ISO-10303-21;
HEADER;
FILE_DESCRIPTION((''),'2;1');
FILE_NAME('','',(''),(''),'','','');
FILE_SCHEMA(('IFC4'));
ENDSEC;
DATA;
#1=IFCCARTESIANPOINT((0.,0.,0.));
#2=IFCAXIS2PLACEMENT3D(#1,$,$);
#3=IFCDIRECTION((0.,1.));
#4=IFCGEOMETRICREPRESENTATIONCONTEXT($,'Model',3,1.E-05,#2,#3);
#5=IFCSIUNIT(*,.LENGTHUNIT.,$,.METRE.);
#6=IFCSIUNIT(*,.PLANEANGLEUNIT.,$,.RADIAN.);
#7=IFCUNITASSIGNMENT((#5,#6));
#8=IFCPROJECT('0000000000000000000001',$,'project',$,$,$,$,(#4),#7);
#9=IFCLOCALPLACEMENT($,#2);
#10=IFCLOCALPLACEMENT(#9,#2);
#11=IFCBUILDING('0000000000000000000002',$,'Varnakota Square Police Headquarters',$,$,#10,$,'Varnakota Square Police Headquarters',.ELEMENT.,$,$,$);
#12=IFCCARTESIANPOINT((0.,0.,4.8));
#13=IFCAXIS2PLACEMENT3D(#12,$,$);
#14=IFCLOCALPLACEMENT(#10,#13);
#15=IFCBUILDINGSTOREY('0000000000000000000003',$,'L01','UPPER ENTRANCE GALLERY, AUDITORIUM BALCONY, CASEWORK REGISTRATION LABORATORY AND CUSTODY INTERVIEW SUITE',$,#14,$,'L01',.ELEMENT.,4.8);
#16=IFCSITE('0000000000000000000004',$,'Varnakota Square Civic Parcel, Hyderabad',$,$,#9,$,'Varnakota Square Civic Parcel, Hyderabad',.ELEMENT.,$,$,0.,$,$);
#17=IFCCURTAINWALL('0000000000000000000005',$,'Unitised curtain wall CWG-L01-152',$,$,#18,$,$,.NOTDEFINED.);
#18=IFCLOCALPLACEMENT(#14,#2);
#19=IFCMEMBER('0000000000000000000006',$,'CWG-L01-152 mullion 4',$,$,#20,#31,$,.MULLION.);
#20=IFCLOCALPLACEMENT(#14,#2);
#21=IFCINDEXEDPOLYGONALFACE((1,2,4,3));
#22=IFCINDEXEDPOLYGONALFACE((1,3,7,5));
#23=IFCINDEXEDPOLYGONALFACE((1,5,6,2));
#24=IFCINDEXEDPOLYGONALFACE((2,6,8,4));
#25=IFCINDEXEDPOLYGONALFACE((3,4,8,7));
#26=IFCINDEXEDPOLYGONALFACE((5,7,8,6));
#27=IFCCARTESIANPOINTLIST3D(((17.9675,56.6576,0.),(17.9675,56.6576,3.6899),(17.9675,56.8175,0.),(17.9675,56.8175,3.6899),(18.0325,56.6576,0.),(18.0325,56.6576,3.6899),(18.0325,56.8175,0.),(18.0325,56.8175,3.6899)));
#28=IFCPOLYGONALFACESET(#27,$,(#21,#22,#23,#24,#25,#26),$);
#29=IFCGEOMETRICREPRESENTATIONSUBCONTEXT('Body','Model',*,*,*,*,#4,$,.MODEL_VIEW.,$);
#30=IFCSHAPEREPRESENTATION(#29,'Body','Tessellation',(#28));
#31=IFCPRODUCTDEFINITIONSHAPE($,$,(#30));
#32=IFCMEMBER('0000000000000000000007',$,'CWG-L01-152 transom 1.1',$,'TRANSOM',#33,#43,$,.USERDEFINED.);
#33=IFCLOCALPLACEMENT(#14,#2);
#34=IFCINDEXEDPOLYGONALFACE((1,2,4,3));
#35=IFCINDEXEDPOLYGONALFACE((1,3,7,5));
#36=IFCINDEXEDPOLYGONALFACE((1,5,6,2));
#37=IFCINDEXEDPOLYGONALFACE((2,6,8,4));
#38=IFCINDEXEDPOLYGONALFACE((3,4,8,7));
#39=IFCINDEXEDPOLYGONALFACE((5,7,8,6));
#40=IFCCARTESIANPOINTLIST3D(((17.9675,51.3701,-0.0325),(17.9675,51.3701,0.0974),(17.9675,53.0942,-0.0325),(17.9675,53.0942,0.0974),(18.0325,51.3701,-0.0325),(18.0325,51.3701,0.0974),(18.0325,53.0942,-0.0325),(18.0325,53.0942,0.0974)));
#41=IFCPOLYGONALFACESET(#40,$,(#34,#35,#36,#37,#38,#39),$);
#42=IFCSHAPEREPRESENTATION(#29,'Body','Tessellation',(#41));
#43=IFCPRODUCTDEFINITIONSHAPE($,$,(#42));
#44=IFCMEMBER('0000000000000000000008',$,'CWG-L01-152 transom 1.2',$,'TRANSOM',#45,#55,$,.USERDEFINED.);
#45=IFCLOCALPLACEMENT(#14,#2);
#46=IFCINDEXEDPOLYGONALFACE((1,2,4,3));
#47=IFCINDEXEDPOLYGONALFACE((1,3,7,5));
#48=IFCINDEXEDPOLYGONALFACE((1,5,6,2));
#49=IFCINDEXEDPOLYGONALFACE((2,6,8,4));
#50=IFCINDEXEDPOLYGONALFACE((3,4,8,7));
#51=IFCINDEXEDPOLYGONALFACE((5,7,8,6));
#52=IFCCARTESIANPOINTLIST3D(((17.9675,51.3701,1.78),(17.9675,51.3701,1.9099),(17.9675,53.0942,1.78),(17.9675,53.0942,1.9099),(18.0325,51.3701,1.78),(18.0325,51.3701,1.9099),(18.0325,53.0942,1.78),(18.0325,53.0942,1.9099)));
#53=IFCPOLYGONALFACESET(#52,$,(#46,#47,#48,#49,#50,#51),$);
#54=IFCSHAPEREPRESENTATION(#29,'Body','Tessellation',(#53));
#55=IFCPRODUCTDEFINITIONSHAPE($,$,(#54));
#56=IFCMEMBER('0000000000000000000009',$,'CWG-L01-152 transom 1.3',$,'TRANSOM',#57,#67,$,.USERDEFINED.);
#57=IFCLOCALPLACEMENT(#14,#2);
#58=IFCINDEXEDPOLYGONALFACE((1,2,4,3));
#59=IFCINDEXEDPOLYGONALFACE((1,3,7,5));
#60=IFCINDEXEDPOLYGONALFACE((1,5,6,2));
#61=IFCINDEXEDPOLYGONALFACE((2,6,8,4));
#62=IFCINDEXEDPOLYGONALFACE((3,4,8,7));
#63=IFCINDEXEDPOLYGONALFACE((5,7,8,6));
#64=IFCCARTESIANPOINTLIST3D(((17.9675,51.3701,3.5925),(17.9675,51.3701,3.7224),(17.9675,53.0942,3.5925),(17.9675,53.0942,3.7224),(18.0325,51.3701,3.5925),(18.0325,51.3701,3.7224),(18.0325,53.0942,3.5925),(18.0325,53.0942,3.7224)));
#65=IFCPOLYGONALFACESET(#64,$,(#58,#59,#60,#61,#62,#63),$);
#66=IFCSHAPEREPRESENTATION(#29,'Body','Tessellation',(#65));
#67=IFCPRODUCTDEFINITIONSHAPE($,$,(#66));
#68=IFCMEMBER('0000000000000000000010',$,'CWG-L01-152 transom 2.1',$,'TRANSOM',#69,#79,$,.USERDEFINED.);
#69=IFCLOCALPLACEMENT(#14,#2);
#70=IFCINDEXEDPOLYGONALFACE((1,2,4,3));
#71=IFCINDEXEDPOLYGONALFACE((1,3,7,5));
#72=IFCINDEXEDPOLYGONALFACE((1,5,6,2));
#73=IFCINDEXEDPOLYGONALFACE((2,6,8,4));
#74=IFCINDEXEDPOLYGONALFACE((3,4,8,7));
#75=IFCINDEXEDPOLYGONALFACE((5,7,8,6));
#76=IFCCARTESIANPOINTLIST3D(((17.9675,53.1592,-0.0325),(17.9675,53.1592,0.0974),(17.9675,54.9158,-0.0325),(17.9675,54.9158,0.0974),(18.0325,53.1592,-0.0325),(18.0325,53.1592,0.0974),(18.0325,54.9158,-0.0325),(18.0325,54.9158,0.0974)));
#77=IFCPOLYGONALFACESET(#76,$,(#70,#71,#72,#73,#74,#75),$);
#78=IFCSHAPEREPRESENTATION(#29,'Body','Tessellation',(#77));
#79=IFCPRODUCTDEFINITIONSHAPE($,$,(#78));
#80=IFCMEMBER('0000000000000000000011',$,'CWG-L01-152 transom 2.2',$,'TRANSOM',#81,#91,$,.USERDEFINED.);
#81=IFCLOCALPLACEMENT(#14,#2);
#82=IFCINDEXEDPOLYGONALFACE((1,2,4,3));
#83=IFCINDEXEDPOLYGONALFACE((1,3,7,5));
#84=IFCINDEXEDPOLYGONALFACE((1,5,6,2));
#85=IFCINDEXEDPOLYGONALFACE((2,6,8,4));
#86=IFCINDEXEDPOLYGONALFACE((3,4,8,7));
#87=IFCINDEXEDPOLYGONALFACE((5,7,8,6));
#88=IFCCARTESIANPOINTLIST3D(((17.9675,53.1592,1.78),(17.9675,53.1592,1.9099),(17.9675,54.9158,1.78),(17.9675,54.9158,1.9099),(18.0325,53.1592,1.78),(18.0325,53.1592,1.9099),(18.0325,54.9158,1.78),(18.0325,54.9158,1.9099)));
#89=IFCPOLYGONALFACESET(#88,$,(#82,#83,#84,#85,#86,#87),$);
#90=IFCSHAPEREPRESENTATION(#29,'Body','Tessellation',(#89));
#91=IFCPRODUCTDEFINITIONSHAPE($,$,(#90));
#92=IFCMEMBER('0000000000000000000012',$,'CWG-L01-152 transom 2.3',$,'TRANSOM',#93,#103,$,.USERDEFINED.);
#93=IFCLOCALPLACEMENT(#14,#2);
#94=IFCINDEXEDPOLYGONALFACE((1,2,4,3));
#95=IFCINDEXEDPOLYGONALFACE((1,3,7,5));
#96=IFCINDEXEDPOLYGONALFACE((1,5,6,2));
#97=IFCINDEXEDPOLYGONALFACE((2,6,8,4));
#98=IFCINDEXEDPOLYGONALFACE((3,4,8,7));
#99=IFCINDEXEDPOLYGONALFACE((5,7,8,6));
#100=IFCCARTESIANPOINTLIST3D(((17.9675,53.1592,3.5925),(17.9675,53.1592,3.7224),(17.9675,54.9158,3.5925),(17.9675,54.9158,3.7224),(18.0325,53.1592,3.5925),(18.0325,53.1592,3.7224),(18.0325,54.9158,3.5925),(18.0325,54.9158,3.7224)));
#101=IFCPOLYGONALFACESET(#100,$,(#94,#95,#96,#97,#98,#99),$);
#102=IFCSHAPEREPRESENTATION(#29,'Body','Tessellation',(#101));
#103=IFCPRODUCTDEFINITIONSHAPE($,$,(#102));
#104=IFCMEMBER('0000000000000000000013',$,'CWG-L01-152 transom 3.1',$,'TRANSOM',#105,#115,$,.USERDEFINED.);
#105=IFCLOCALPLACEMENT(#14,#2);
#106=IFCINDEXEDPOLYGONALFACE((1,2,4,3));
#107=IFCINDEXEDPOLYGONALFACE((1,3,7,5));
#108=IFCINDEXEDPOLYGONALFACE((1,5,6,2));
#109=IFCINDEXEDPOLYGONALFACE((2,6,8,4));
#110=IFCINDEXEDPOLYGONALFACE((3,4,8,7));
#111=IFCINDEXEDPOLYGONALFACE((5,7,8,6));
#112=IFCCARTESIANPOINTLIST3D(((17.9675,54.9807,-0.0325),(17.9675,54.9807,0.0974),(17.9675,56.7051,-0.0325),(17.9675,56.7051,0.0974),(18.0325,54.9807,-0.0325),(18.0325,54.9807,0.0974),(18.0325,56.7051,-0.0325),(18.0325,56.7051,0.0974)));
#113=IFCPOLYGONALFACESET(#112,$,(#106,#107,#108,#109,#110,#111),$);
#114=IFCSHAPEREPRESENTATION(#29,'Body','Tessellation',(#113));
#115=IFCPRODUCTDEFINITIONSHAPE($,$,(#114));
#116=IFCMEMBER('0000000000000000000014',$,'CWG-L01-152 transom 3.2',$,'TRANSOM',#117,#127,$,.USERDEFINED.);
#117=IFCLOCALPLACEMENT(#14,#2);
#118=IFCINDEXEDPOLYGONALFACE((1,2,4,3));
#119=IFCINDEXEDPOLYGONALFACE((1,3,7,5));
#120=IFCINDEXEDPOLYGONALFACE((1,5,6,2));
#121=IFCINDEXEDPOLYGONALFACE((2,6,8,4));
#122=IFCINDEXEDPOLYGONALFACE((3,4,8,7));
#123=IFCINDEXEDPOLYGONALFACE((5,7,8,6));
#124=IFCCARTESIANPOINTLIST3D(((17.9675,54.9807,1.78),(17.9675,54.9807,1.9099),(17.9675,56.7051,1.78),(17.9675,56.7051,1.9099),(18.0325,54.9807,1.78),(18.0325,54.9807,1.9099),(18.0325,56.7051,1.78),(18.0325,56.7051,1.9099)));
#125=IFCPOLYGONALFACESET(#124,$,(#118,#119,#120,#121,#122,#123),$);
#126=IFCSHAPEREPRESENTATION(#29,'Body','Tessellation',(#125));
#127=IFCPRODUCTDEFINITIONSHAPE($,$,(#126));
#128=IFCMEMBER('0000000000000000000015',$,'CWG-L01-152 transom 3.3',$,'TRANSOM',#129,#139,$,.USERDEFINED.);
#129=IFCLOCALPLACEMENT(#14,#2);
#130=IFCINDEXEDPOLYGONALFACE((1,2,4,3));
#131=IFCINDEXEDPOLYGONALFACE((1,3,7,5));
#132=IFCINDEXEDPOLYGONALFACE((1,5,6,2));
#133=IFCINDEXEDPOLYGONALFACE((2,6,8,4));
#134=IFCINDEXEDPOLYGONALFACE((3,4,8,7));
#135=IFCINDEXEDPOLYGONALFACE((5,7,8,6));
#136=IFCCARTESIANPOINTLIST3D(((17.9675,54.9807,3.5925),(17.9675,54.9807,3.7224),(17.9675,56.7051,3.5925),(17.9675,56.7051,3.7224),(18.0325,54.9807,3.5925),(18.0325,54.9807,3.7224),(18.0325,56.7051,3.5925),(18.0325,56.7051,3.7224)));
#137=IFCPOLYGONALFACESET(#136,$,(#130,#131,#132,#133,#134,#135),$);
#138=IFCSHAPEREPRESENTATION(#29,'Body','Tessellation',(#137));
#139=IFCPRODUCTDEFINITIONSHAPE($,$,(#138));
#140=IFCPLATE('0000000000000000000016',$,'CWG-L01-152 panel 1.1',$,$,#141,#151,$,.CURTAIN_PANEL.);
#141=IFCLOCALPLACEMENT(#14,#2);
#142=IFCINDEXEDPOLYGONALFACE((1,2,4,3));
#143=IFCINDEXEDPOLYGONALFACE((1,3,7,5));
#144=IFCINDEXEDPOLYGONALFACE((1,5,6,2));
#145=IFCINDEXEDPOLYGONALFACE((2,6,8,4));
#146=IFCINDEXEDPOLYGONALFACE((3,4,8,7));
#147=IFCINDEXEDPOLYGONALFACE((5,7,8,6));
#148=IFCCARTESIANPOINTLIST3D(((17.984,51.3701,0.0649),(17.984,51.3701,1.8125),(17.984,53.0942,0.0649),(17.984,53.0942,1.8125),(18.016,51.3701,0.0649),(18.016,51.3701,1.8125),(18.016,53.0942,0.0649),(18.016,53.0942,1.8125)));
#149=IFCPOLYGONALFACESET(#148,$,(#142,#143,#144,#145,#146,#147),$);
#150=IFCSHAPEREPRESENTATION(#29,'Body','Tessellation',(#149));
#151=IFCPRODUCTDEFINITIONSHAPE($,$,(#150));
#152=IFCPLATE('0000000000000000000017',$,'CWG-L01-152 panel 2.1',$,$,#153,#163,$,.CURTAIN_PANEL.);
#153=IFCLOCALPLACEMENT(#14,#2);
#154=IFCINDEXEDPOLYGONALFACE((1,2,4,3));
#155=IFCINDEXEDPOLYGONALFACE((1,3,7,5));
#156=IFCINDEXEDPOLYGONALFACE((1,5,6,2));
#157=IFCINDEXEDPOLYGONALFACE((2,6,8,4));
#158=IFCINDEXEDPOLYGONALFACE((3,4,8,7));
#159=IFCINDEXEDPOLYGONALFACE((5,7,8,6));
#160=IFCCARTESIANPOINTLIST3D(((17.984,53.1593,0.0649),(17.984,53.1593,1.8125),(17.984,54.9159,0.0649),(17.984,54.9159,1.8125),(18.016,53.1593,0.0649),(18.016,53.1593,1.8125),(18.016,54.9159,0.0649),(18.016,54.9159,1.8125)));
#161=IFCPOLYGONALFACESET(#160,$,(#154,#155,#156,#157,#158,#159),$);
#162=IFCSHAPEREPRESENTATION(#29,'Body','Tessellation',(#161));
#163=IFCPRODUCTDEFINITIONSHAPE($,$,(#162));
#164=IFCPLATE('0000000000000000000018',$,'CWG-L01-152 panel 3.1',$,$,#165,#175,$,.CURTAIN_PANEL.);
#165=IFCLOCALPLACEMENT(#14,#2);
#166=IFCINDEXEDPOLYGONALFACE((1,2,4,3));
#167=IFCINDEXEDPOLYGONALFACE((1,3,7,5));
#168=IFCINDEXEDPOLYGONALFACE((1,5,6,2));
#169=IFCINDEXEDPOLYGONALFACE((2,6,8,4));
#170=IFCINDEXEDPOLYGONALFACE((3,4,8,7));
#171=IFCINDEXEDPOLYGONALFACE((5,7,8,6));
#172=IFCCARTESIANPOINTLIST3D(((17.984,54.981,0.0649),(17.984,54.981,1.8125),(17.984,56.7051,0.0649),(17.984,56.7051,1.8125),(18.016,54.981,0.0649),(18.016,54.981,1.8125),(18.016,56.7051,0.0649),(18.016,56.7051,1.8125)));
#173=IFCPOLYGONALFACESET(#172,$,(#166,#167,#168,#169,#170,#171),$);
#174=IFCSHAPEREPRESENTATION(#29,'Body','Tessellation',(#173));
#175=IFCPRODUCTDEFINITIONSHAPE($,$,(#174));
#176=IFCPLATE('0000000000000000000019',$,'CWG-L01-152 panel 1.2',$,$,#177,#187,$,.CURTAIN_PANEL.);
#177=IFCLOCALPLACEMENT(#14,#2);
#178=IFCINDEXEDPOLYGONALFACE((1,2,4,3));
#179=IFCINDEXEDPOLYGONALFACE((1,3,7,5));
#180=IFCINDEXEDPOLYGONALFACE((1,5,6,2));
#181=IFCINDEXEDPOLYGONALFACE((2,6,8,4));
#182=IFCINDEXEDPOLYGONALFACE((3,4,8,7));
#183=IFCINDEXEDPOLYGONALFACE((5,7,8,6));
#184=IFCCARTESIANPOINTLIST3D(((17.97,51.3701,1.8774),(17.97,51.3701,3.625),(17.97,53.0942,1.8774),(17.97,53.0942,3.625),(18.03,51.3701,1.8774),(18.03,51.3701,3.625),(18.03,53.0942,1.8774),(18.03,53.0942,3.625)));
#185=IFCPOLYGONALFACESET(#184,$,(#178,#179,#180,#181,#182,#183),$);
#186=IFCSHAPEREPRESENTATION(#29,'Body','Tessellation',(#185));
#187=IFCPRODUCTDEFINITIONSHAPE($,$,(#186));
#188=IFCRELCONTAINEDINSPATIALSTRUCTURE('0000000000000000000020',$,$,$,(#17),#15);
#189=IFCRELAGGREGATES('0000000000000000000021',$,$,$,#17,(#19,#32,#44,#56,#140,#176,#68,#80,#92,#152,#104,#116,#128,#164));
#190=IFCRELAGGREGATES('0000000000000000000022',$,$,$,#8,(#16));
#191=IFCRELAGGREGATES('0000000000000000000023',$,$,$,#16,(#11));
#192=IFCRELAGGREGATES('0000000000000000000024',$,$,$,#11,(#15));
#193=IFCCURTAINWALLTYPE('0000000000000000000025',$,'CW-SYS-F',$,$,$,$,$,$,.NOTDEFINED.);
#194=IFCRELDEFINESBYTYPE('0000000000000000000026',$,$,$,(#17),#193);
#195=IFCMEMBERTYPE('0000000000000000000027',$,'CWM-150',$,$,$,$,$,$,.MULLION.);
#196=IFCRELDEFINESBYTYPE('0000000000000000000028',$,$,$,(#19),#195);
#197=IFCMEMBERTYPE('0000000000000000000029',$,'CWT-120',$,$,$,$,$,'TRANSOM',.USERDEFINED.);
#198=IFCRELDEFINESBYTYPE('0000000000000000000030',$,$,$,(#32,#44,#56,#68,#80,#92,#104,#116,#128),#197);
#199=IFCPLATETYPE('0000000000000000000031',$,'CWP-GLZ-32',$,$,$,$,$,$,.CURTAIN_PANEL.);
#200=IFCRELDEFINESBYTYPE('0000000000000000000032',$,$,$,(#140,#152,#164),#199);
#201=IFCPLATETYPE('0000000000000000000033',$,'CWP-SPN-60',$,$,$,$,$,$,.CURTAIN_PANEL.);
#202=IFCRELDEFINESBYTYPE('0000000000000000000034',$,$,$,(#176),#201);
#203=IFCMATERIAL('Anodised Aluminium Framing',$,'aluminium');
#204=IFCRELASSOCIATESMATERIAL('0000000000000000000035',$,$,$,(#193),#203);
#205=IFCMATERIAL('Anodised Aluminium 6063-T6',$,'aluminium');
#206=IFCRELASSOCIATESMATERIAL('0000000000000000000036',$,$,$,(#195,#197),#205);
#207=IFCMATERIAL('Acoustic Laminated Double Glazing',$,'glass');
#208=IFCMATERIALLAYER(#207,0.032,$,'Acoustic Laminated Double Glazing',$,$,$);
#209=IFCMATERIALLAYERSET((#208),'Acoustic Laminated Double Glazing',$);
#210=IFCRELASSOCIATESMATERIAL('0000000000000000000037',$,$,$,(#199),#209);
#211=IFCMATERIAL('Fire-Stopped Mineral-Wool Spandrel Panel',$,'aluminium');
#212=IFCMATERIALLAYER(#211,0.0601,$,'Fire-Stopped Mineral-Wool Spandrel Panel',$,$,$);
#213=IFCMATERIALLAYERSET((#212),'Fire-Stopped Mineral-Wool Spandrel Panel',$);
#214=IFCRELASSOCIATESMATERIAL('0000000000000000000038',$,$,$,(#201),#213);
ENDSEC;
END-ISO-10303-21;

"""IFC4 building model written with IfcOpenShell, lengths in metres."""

from ifc_helpers import new_model, si_unit, direction, frame, origin, origin_2d, place, context, subcontext, project, spatial, rectangle, extrude, material, layer, layer_set, material_profile, profile_set, type_object, element, aggregate, save


model = new_model("IFC4")

# Units and contexts
model_context = context("Model", 3, precision=1e-05, world=origin(), true_north=direction((0.0, 1.0)))
body_context = subcontext(model_context, "Body", "Model", "MODEL_VIEW")
ifc_project = project(units=[si_unit("LENGTHUNIT", "METRE"), si_unit("PLANEANGLEUNIT", "RADIAN")], contexts=[model_context])

# Site, building, storey
site_placement = place(None, origin())
site = spatial("IfcSite", under=ifc_project, at=site_placement, Name="Varnakota Square Civic Parcel, Hyderabad", LongName="Varnakota Square Civic Parcel, Hyderabad", CompositionType="ELEMENT", RefElevation=0.0)
building_placement = place(site_placement, origin())
building = spatial("IfcBuilding", under=site, at=building_placement, Name="Varnakota Square Police Headquarters", LongName="Varnakota Square Police Headquarters", CompositionType="ELEMENT")
storey_placement = place(building_placement, frame((0.0, 0.0, 4.8)))
storey = spatial("IfcBuildingStorey", under=building, at=storey_placement, Name="L01", Description="UPPER ENTRANCE GALLERY, AUDITORIUM BALCONY, CASEWORK REGISTRATION LABORATORY AND CUSTODY INTERVIEW SUITE", LongName="L01", CompositionType="ELEMENT", Elevation=4.8)

# Curtain wall, members, plates
ifc_material_1 = material(Name="Anodised Aluminium Framing", Category="aluminium")
curtain_wall_type = type_object("IfcCurtainWallType", Name="CW-SYS-F", PredefinedType="NOTDEFINED", material=ifc_material_1)
curtain_wall_placement = place(storey_placement, origin())
curtain_wall = element("IfcCurtainWall", 1, at=curtain_wall_placement, inside=storey, type_object=curtain_wall_type, Name="Unitised curtain wall CWG-L01-152", PredefinedType="NOTDEFINED")
ifc_material_2 = material(Name="Anodised Aluminium 6063-T6", Category="aluminium")
ifc_material_profile_1 = material_profile(ifc_material_2, rectangle(XDim=0.0649, YDim=0.1599, at=origin_2d()), Name="ALU MULLION 65x160")
ifc_profile_set_1 = profile_set([ifc_material_profile_1], Name="Anodised Aluminium 6063-T6")
member_type_1 = type_object("IfcMemberType", Name="CWM-150", PredefinedType="MULLION", material=ifc_profile_set_1)
member_1_placement = place(storey_placement, frame((18.0, 56.7375, 0.0), z_axis=(0.0, 0.0, 1.0), x_axis=(-1.0, 0.0, 0.0)))
member_1 = element("IfcMember", 2, at=member_1_placement, type_object=member_type_1, Name="CWG-L01-152 mullion 4", PredefinedType="MULLION", context=body_context, shape_type="SweptSolid", body=[
    extrude(rectangle(XDim=0.0649, YDim=0.1599, at=origin_2d()), origin(), (0.0, 0.0, 1.0), 3.6899),
])
ifc_material_profile_2 = material_profile(ifc_material_2, rectangle(XDim=0.0649, YDim=0.1299, at=origin_2d()), Name="ALU TRANSOM 65x130")
ifc_profile_set_2 = profile_set([ifc_material_profile_2], Name="Anodised Aluminium 6063-T6")
member_type_2 = type_object("IfcMemberType", Name="CWT-120", ElementType="TRANSOM", PredefinedType="USERDEFINED", material=ifc_profile_set_2)
member_2_placement = place(storey_placement, frame((18.0, 51.3701, 0.0325), z_axis=(0.0, 1.0, 0.0), x_axis=(-1.0, 0.0, 0.0)))
member_2 = element("IfcMember", 3, at=member_2_placement, type_object=member_type_2, Name="CWG-L01-152 transom 1.1", ObjectType="TRANSOM", PredefinedType="USERDEFINED", context=body_context, shape_type="SweptSolid", body=[
    extrude(rectangle(XDim=0.0649, YDim=0.1299, at=origin_2d()), origin(), (0.0, 0.0, 1.0), 1.7241),
])
member_3_placement = place(storey_placement, frame((18.0, 51.3701, 1.845), z_axis=(0.0, 1.0, 0.0), x_axis=(-1.0, 0.0, 0.0)))
member_3 = element("IfcMember", 4, at=member_3_placement, type_object=member_type_2, Name="CWG-L01-152 transom 1.2", ObjectType="TRANSOM", PredefinedType="USERDEFINED", context=body_context, shape_type="SweptSolid", body=[
    extrude(rectangle(XDim=0.0649, YDim=0.1299, at=origin_2d()), origin(), (0.0, 0.0, 1.0), 1.7241),
])
member_4_placement = place(storey_placement, frame((18.0, 51.3701, 3.6575), z_axis=(0.0, 1.0, 0.0), x_axis=(-1.0, 0.0, 0.0)))
member_4 = element("IfcMember", 5, at=member_4_placement, type_object=member_type_2, Name="CWG-L01-152 transom 1.3", ObjectType="TRANSOM", PredefinedType="USERDEFINED", context=body_context, shape_type="SweptSolid", body=[
    extrude(rectangle(XDim=0.0649, YDim=0.1299, at=origin_2d()), origin(), (0.0, 0.0, 1.0), 1.7241),
])
member_5_placement = place(storey_placement, frame((18.0, 53.1592, 0.0325), z_axis=(0.0, 1.0, 0.0), x_axis=(-1.0, 0.0, 0.0)))
member_5 = element("IfcMember", 6, at=member_5_placement, type_object=member_type_2, Name="CWG-L01-152 transom 2.1", ObjectType="TRANSOM", PredefinedType="USERDEFINED", context=body_context, shape_type="SweptSolid", body=[
    extrude(rectangle(XDim=0.0649, YDim=0.1299, at=origin_2d()), origin(), (0.0, 0.0, 1.0), 1.7566),
])
member_6_placement = place(storey_placement, frame((18.0, 53.1592, 1.845), z_axis=(0.0, 1.0, 0.0), x_axis=(-1.0, 0.0, 0.0)))
member_6 = element("IfcMember", 7, at=member_6_placement, type_object=member_type_2, Name="CWG-L01-152 transom 2.2", ObjectType="TRANSOM", PredefinedType="USERDEFINED", context=body_context, shape_type="SweptSolid", body=[
    extrude(rectangle(XDim=0.0649, YDim=0.1299, at=origin_2d()), origin(), (0.0, 0.0, 1.0), 1.7566),
])
member_7_placement = place(storey_placement, frame((18.0, 53.1592, 3.6575), z_axis=(0.0, 1.0, 0.0), x_axis=(-1.0, 0.0, 0.0)))
member_7 = element("IfcMember", 8, at=member_7_placement, type_object=member_type_2, Name="CWG-L01-152 transom 2.3", ObjectType="TRANSOM", PredefinedType="USERDEFINED", context=body_context, shape_type="SweptSolid", body=[
    extrude(rectangle(XDim=0.0649, YDim=0.1299, at=origin_2d()), origin(), (0.0, 0.0, 1.0), 1.7566),
])
member_8_placement = place(storey_placement, frame((18.0, 54.9807, 0.0325), z_axis=(0.0, 1.0, 0.0), x_axis=(-1.0, 0.0, 0.0)))
member_8 = element("IfcMember", 9, at=member_8_placement, type_object=member_type_2, Name="CWG-L01-152 transom 3.1", ObjectType="TRANSOM", PredefinedType="USERDEFINED", context=body_context, shape_type="SweptSolid", body=[
    extrude(rectangle(XDim=0.0649, YDim=0.1299, at=origin_2d()), origin(), (0.0, 0.0, 1.0), 1.7244),
])
member_9_placement = place(storey_placement, frame((18.0, 54.9807, 1.845), z_axis=(0.0, 1.0, 0.0), x_axis=(-1.0, 0.0, 0.0)))
member_9 = element("IfcMember", 10, at=member_9_placement, type_object=member_type_2, Name="CWG-L01-152 transom 3.2", ObjectType="TRANSOM", PredefinedType="USERDEFINED", context=body_context, shape_type="SweptSolid", body=[
    extrude(rectangle(XDim=0.0649, YDim=0.1299, at=origin_2d()), origin(), (0.0, 0.0, 1.0), 1.7244),
])
member_10_placement = place(storey_placement, frame((18.0, 54.9807, 3.6575), z_axis=(0.0, 1.0, 0.0), x_axis=(-1.0, 0.0, 0.0)))
member_10 = element("IfcMember", 11, at=member_10_placement, type_object=member_type_2, Name="CWG-L01-152 transom 3.3", ObjectType="TRANSOM", PredefinedType="USERDEFINED", context=body_context, shape_type="SweptSolid", body=[
    extrude(rectangle(XDim=0.0649, YDim=0.1299, at=origin_2d()), origin(), (0.0, 0.0, 1.0), 1.7244),
])
ifc_material_3 = material(Name="Acoustic Laminated Double Glazing", Category="glass")
ifc_layer_1 = layer(ifc_material_3, 0.032, Name="Acoustic Laminated Double Glazing")
ifc_layer_set_1 = layer_set([ifc_layer_1], Name="Acoustic Laminated Double Glazing")
plate_type_1 = type_object("IfcPlateType", Name="CWP-GLZ-32", PredefinedType="CURTAIN_PANEL", material=ifc_layer_set_1)
plate_1_placement = place(storey_placement, frame((18.0, 52.2322, 0.0649), z_axis=(0.0, 0.0, 1.0), x_axis=(0.0, 1.0, 0.0)))
plate_1 = element("IfcPlate", 12, at=plate_1_placement, type_object=plate_type_1, Name="CWG-L01-152 panel 1.1", PredefinedType="CURTAIN_PANEL", context=body_context, shape_type="SweptSolid", body=[
    extrude(rectangle(XDim=1.7241, YDim=0.032, at=origin_2d()), origin(), (0.0, 0.0, 1.0), 1.7476),
])
plate_2_placement = place(storey_placement, frame((18.0, 54.0376, 0.0649), z_axis=(0.0, 0.0, 1.0), x_axis=(0.0, 1.0, 0.0)))
plate_2 = element("IfcPlate", 13, at=plate_2_placement, type_object=plate_type_1, Name="CWG-L01-152 panel 2.1", PredefinedType="CURTAIN_PANEL", context=body_context, shape_type="SweptSolid", body=[
    extrude(rectangle(XDim=1.7566, YDim=0.032, at=origin_2d()), origin(), (0.0, 0.0, 1.0), 1.7476),
])
plate_3_placement = place(storey_placement, frame((18.0, 55.843, 0.0649), z_axis=(0.0, 0.0, 1.0), x_axis=(0.0, 1.0, 0.0)))
plate_3 = element("IfcPlate", 14, at=plate_3_placement, type_object=plate_type_1, Name="CWG-L01-152 panel 3.1", PredefinedType="CURTAIN_PANEL", context=body_context, shape_type="SweptSolid", body=[
    extrude(rectangle(XDim=1.7241, YDim=0.032, at=origin_2d()), origin(), (0.0, 0.0, 1.0), 1.7476),
])
ifc_material_4 = material(Name="Fire-Stopped Mineral-Wool Spandrel Panel", Category="aluminium")
ifc_layer_2 = layer(ifc_material_4, 0.0601, Name="Fire-Stopped Mineral-Wool Spandrel Panel")
ifc_layer_set_2 = layer_set([ifc_layer_2], Name="Fire-Stopped Mineral-Wool Spandrel Panel")
plate_type_2 = type_object("IfcPlateType", Name="CWP-SPN-60", PredefinedType="CURTAIN_PANEL", material=ifc_layer_set_2)
plate_4_placement = place(storey_placement, frame((18.0, 52.2322, 1.8774), z_axis=(0.0, 0.0, 1.0), x_axis=(0.0, 1.0, 0.0)))
plate_4 = element("IfcPlate", 15, at=plate_4_placement, type_object=plate_type_2, Name="CWG-L01-152 panel 1.2", PredefinedType="CURTAIN_PANEL", context=body_context, shape_type="SweptSolid", body=[
    extrude(rectangle(XDim=1.7241, YDim=0.0601, at=origin_2d()), origin(), (0.0, 0.0, 1.0), 1.7476),
])
aggregate(curtain_wall, [member_1, member_2, member_3, member_4, plate_1, plate_4, member_5, member_6, member_7, plate_2, member_8, member_9, member_10, plate_3])

save(model, "model.ifc")
